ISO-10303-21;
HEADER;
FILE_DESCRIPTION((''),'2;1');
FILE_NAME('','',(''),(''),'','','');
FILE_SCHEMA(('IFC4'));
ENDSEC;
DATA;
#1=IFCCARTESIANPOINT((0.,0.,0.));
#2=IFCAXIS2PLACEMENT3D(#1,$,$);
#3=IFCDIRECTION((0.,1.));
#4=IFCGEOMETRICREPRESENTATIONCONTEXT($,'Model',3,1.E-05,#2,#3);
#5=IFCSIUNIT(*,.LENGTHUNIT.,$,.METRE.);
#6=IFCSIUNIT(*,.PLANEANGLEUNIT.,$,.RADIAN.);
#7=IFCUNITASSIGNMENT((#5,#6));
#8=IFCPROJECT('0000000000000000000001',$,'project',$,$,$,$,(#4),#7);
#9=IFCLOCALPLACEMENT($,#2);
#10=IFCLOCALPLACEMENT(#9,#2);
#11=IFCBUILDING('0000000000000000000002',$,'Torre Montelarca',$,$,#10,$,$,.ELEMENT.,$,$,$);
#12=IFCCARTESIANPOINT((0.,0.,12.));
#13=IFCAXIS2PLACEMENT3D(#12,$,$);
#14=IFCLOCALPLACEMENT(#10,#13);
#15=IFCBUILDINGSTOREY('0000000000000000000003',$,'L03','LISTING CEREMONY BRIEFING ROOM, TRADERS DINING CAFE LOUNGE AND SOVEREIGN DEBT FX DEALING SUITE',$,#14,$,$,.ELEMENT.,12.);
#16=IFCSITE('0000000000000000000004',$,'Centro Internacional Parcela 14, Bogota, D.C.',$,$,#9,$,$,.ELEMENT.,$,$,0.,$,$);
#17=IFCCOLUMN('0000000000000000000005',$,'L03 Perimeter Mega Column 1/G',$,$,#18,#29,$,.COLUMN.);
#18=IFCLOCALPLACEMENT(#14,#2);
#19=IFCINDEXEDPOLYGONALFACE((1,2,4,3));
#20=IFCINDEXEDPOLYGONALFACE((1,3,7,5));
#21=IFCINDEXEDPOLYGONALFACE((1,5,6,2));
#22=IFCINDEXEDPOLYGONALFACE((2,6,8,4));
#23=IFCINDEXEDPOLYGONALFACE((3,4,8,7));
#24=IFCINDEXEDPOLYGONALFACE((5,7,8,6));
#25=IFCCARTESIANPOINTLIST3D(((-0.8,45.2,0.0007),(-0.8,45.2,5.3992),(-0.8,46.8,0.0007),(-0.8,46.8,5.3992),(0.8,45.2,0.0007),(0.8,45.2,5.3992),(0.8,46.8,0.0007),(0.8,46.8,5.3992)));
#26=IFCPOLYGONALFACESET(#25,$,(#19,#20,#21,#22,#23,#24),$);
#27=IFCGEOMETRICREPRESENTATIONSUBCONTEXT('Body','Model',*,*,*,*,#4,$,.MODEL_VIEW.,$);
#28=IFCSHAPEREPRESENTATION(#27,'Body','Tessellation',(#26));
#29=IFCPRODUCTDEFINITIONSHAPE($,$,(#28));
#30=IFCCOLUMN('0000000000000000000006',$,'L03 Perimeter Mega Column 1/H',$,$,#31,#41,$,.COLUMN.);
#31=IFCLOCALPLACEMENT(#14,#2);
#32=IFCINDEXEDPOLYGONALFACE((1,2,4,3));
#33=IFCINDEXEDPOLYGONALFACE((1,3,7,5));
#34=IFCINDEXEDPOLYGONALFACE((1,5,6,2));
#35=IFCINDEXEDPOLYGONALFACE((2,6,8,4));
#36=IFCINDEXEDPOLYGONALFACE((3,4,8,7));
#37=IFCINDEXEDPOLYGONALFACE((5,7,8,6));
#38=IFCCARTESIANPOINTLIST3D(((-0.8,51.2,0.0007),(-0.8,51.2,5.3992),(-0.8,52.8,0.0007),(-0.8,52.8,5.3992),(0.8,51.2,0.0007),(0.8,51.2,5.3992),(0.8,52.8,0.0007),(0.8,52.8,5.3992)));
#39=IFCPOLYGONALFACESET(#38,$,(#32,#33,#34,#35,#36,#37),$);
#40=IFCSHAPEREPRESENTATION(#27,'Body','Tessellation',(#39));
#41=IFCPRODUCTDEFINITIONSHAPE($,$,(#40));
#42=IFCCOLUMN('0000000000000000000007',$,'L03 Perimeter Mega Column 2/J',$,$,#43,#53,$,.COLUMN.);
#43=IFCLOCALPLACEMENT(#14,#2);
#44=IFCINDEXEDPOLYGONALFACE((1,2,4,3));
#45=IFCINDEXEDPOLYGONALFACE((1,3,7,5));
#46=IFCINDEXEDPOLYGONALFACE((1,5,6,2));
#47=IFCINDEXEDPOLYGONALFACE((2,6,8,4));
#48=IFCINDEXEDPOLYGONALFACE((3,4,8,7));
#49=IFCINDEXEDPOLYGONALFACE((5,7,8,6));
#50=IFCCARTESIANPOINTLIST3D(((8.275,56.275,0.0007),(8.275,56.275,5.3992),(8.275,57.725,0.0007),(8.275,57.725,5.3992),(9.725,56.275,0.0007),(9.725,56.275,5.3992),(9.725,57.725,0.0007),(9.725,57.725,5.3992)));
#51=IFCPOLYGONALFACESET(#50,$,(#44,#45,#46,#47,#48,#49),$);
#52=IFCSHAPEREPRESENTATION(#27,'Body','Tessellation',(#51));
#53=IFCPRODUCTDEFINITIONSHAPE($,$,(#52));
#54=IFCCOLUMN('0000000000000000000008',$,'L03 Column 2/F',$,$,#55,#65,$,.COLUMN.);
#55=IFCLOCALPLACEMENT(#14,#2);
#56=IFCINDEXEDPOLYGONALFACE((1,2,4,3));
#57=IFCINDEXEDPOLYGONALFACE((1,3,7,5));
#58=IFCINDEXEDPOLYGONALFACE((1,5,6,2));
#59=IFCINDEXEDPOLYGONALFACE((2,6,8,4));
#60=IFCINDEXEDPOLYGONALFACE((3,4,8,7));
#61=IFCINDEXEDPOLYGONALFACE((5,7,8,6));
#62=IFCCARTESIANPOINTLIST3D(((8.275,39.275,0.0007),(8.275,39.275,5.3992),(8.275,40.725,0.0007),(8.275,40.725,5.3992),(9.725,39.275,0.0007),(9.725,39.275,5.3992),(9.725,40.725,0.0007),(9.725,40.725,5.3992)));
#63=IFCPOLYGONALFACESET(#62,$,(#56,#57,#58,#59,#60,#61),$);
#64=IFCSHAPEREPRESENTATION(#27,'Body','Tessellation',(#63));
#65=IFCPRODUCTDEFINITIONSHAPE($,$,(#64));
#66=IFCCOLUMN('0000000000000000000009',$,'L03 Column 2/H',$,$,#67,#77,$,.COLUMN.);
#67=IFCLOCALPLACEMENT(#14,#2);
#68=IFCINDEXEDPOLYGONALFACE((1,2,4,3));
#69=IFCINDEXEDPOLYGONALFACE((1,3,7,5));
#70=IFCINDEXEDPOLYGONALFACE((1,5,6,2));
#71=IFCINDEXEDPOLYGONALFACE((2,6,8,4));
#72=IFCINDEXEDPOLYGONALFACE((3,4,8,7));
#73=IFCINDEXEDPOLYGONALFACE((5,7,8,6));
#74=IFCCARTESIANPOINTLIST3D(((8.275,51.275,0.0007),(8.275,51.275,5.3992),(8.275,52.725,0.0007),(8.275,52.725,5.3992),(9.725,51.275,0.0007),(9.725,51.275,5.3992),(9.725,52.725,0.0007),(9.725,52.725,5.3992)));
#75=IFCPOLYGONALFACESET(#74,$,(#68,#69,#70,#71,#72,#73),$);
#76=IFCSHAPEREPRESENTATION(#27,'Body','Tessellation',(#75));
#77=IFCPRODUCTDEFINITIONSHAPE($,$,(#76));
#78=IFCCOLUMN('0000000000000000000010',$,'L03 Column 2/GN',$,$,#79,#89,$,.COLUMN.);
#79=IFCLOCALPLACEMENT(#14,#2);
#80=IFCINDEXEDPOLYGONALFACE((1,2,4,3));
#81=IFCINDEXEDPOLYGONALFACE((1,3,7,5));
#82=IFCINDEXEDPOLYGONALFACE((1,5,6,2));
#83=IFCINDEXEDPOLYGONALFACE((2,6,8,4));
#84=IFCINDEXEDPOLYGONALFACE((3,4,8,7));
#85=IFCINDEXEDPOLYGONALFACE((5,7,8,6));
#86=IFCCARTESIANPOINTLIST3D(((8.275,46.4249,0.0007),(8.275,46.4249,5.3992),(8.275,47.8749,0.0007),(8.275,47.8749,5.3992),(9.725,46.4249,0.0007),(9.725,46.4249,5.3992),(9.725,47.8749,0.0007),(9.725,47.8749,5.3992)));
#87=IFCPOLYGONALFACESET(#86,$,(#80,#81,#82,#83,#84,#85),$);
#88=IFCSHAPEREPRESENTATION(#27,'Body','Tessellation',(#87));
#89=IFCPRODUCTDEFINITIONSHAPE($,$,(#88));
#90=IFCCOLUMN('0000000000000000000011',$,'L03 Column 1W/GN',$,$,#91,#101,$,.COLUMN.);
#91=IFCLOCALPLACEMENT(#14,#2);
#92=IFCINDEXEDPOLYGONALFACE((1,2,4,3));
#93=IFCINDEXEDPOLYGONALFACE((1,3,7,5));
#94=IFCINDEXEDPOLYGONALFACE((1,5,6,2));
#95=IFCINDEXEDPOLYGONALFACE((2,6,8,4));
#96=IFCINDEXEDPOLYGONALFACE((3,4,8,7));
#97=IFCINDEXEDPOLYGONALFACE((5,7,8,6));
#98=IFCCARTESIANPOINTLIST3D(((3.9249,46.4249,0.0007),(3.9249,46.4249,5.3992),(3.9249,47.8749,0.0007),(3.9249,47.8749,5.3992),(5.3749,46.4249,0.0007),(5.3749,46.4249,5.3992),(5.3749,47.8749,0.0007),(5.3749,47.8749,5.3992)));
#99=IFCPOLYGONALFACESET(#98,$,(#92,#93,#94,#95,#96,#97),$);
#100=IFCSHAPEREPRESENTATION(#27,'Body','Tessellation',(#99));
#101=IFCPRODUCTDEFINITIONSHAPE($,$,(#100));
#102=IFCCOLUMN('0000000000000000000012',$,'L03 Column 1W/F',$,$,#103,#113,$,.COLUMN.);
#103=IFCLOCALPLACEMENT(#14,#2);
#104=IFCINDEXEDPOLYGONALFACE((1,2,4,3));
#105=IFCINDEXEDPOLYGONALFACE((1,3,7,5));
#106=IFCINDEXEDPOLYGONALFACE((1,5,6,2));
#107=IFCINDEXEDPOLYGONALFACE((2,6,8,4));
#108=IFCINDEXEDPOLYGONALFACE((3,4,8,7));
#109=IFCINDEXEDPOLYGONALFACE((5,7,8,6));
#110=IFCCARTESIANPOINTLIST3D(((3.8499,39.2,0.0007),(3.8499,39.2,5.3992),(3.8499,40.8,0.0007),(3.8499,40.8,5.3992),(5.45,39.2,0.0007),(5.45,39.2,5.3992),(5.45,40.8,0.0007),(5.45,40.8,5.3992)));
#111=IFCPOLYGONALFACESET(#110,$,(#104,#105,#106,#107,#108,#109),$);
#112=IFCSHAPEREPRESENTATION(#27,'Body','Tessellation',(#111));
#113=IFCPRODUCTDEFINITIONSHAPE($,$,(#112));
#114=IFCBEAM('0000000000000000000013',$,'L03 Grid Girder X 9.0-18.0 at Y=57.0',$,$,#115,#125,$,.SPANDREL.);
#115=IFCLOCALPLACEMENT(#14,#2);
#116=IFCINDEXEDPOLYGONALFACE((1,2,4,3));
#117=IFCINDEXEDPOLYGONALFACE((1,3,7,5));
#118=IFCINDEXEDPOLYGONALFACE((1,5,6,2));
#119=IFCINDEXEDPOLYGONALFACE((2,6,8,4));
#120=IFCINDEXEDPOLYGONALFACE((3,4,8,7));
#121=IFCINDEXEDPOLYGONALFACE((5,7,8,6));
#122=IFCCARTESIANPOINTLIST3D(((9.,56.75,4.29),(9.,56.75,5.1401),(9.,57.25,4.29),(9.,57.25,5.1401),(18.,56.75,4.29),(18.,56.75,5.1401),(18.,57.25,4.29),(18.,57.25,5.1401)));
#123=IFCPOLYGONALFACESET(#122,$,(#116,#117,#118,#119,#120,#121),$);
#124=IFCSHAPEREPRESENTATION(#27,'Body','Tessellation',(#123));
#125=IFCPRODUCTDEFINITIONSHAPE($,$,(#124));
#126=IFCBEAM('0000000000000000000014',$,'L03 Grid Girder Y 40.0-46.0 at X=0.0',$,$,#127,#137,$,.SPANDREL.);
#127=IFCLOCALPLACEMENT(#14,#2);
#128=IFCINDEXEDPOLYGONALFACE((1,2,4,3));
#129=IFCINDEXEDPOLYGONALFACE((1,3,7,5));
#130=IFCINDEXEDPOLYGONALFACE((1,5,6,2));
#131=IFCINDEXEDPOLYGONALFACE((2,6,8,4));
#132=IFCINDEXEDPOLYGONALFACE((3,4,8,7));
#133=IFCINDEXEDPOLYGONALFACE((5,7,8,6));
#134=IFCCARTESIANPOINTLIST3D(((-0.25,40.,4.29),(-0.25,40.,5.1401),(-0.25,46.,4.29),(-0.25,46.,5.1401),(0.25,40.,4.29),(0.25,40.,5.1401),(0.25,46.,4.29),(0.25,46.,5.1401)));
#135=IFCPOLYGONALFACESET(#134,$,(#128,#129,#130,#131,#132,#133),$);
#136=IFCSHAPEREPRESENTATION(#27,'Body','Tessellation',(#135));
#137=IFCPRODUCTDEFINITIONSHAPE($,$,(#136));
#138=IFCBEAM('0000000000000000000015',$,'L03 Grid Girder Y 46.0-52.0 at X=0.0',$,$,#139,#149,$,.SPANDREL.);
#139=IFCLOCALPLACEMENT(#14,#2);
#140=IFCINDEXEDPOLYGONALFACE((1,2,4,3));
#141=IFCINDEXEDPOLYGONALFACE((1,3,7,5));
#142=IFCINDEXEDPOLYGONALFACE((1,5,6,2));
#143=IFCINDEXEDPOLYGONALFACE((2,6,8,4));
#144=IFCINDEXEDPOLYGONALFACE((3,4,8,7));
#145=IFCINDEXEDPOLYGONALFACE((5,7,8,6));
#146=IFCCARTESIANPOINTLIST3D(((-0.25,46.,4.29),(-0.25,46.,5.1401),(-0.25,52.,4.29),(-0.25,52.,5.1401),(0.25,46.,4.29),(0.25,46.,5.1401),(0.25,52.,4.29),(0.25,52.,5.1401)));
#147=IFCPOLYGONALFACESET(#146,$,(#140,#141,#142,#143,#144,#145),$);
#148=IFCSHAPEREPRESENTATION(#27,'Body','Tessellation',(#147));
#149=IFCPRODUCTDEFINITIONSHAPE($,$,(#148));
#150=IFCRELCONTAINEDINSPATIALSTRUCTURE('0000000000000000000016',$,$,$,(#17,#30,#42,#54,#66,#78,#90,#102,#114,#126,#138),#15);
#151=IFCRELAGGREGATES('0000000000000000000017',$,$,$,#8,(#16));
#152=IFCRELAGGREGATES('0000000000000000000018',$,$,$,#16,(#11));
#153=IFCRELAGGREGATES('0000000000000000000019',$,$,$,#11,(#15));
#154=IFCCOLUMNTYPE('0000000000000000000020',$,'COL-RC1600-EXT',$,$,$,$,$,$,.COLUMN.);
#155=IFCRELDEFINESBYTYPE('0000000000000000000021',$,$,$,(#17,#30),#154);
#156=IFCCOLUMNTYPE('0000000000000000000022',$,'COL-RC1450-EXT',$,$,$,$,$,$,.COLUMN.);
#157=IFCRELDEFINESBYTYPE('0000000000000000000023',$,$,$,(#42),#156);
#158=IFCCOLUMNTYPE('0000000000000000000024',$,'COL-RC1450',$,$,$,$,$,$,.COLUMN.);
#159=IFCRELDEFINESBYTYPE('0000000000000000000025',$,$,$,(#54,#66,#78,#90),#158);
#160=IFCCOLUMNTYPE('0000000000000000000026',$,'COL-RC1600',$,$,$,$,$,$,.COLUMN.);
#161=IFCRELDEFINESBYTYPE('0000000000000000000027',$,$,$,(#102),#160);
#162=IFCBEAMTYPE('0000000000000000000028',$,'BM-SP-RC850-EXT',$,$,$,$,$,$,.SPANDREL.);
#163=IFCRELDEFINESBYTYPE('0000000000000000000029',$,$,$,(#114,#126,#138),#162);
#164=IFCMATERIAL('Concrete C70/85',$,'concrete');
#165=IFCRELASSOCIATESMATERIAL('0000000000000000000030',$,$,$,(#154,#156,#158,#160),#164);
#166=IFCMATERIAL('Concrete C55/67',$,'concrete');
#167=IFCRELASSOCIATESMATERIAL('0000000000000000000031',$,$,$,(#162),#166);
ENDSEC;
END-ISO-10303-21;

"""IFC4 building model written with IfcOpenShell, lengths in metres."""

from ifc_helpers import new_model, si_unit, direction, frame, origin, origin_2d, place, context, subcontext, project, spatial, rectangle, extrude, source, transform, mapped, material, material_profile, profile_set, type_object, element, save


model = new_model("IFC4")

# Units and contexts
model_context = context("Model", 3, precision=1e-05, world=origin(), true_north=direction((0.0, 1.0)))
body_context = subcontext(model_context, "Body", "Model", "MODEL_VIEW")
ifc_project = project(units=[si_unit("LENGTHUNIT", "METRE"), si_unit("PLANEANGLEUNIT", "RADIAN")], contexts=[model_context])

# Site, building, storey
site_placement = place(None, origin())
site = spatial("IfcSite", under=ifc_project, at=site_placement, Name="Centro Internacional Parcela 14, Bogota, D.C.", CompositionType="ELEMENT", RefElevation=0.0)
building_placement = place(site_placement, origin())
building = spatial("IfcBuilding", under=site, at=building_placement, Name="Torre Montelarca", CompositionType="ELEMENT")
storey_placement = place(building_placement, frame((0.0, 0.0, 12.0)))
storey = spatial("IfcBuildingStorey", under=building, at=storey_placement, Name="L03", Description="LISTING CEREMONY BRIEFING ROOM, TRADERS DINING CAFE LOUNGE AND SOVEREIGN DEBT FX DEALING SUITE", CompositionType="ELEMENT", Elevation=12.0)

# Columns
ifc_material_1 = material(Name="Concrete C70/85", Category="concrete")
ifc_material_profile_1 = material_profile(ifc_material_1, rectangle(XDim=1.6001, YDim=1.6001, at=origin_2d()), Name="RC1600X1600", Category="concrete")
ifc_profile_set_1 = profile_set([ifc_material_profile_1], Name="Concrete C70/85")
column_type_1 = type_object("IfcColumnType", Name="COL-RC1600-EXT", PredefinedType="COLUMN", material=ifc_profile_set_1)
shared_shape_1 = source(origin(), body_context, "Body", "SweptSolid", [
    extrude(rectangle(XDim=1.6001, YDim=1.6001, at=origin_2d()), origin(), (0.0, 0.0, 1.0), 5.3984),
])
for number, where, z_axis, x_axis, name in (
    (1, (0.0, 46.0, 0.0007), (0.0, 0.0, 1.0), (1.0, 0.0, 0.0), "L03 Perimeter Mega Column 1/G"),
    (2, (0.0, 52.0, 0.0007), (0.0, 0.0, 1.0), (1.0, 0.0, 0.0), "L03 Perimeter Mega Column 1/H"),
):
    element("IfcColumn", number, at=place(storey_placement, frame(where, z_axis=z_axis, x_axis=x_axis)), inside=storey, type_object=column_type_1, Name=name, PredefinedType="COLUMN", context=body_context, shape_type="MappedRepresentation", body=[
        mapped(shared_shape_1, transform((0.0, 0.0, 0.0), scale=1.0)),
    ])
ifc_material_profile_2 = material_profile(ifc_material_1, rectangle(XDim=1.45, YDim=1.45, at=origin_2d()), Name="RC1450X1450", Category="concrete")
ifc_profile_set_2 = profile_set([ifc_material_profile_2], Name="Concrete C70/85")
column_type_2 = type_object("IfcColumnType", Name="COL-RC1450-EXT", PredefinedType="COLUMN", material=ifc_profile_set_2)
shared_shape_2 = source(origin(), body_context, "Body", "SweptSolid", [
    extrude(rectangle(XDim=1.45, YDim=1.45, at=origin_2d()), origin(), (0.0, 0.0, 1.0), 5.3984),
])
column_1_placement = place(storey_placement, frame((9.0, 57.0, 0.0007), z_axis=(0.0, 0.0, 1.0), x_axis=(1.0, 0.0, 0.0)))
element("IfcColumn", 3, at=column_1_placement, inside=storey, type_object=column_type_2, Name="L03 Perimeter Mega Column 2/J", PredefinedType="COLUMN", context=body_context, shape_type="MappedRepresentation", body=[
    mapped(shared_shape_2, transform((0.0, 0.0, 0.0), scale=1.0)),
])
ifc_material_profile_3 = material_profile(ifc_material_1, rectangle(XDim=1.45, YDim=1.45, at=origin_2d()), Name="RC1450X1450", Category="concrete")
ifc_profile_set_3 = profile_set([ifc_material_profile_3], Name="Concrete C70/85")
column_type_3 = type_object("IfcColumnType", Name="COL-RC1450", PredefinedType="COLUMN", material=ifc_profile_set_3)
shared_shape_3 = source(origin(), body_context, "Body", "SweptSolid", [
    extrude(rectangle(XDim=1.45, YDim=1.45, at=origin_2d()), origin(), (0.0, 0.0, 1.0), 5.3984),
])
for number, where, z_axis, x_axis, name in (
    (4, (9.0, 40.0, 0.0007), (0.0, 0.0, 1.0), (1.0, 0.0, 0.0), "L03 Column 2/F"),
    (5, (9.0, 52.0, 0.0007), (0.0, 0.0, 1.0), (1.0, 0.0, 0.0), "L03 Column 2/H"),
    (6, (9.0, 47.1499, 0.0007), (0.0, 0.0, 1.0), (1.0, 0.0, 0.0), "L03 Column 2/GN"),
    (7, (4.6499, 47.1499, 0.0007), (0.0, 0.0, 1.0), (1.0, 0.0, 0.0), "L03 Column 1W/GN"),
):
    element("IfcColumn", number, at=place(storey_placement, frame(where, z_axis=z_axis, x_axis=x_axis)), inside=storey, type_object=column_type_3, Name=name, PredefinedType="COLUMN", context=body_context, shape_type="MappedRepresentation", body=[
        mapped(shared_shape_3, transform((0.0, 0.0, 0.0), scale=1.0)),
    ])
ifc_material_profile_4 = material_profile(ifc_material_1, rectangle(XDim=1.6001, YDim=1.6001, at=origin_2d()), Name="RC1600X1600", Category="concrete")
ifc_profile_set_4 = profile_set([ifc_material_profile_4], Name="Concrete C70/85")
column_type_4 = type_object("IfcColumnType", Name="COL-RC1600", PredefinedType="COLUMN", material=ifc_profile_set_4)
shared_shape_4 = source(origin(), body_context, "Body", "SweptSolid", [
    extrude(rectangle(XDim=1.6001, YDim=1.6001, at=origin_2d()), origin(), (0.0, 0.0, 1.0), 5.3984),
])
column_2_placement = place(storey_placement, frame((4.6499, 40.0, 0.0007), z_axis=(0.0, 0.0, 1.0), x_axis=(1.0, 0.0, 0.0)))
element("IfcColumn", 8, at=column_2_placement, inside=storey, type_object=column_type_4, Name="L03 Column 1W/F", PredefinedType="COLUMN", context=body_context, shape_type="MappedRepresentation", body=[
    mapped(shared_shape_4, transform((0.0, 0.0, 0.0), scale=1.0)),
])

# Beams
ifc_material_2 = material(Name="Concrete C55/67", Category="concrete")
ifc_material_profile_5 = material_profile(ifc_material_2, rectangle(XDim=0.5, YDim=0.8501, at=origin_2d()), Name="RCB500X850", Category="concrete")
ifc_profile_set_5 = profile_set([ifc_material_profile_5], Name="Concrete C55/67")
beam_type_1 = type_object("IfcBeamType", Name="BM-SP-RC850-EXT", PredefinedType="SPANDREL", material=ifc_profile_set_5)
shared_shape_5 = source(origin(), body_context, "Body", "SweptSolid", [
    extrude(rectangle(XDim=0.5, YDim=0.8501, at=origin_2d()), origin(), (0.0, 0.0, 1.0), 9.0),
])
beam_1_placement = place(storey_placement, frame((9.0, 57.0, 4.7151), z_axis=(1.0, 0.0, 0.0), x_axis=(0.0, 1.0, 0.0)))
element("IfcBeam", 9, at=beam_1_placement, inside=storey, type_object=beam_type_1, Name="L03 Grid Girder X 9.0-18.0 at Y=57.0", PredefinedType="SPANDREL", context=body_context, shape_type="MappedRepresentation", body=[
    mapped(shared_shape_5, transform((0.0, 0.0, 0.0), scale=1.0)),
])
shared_shape_6 = source(origin(), body_context, "Body", "SweptSolid", [
    extrude(rectangle(XDim=0.5, YDim=0.8501, at=origin_2d()), origin(), (0.0, 0.0, 1.0), 6.0),
])
for number, where, z_axis, x_axis, name in (
    (10, (0.0, 40.0, 4.7151), (0.0, 1.0, 0.0), (-1.0, 0.0, 0.0), "L03 Grid Girder Y 40.0-46.0 at X=0.0"),
    (11, (0.0, 46.0, 4.7151), (0.0, 1.0, 0.0), (-1.0, 0.0, 0.0), "L03 Grid Girder Y 46.0-52.0 at X=0.0"),
):
    element("IfcBeam", number, at=place(storey_placement, frame(where, z_axis=z_axis, x_axis=x_axis)), inside=storey, type_object=beam_type_1, Name=name, PredefinedType="SPANDREL", context=body_context, shape_type="MappedRepresentation", body=[
        mapped(shared_shape_6, transform((0.0, 0.0, 0.0), scale=1.0)),
    ])

save(model, "model.ifc")
